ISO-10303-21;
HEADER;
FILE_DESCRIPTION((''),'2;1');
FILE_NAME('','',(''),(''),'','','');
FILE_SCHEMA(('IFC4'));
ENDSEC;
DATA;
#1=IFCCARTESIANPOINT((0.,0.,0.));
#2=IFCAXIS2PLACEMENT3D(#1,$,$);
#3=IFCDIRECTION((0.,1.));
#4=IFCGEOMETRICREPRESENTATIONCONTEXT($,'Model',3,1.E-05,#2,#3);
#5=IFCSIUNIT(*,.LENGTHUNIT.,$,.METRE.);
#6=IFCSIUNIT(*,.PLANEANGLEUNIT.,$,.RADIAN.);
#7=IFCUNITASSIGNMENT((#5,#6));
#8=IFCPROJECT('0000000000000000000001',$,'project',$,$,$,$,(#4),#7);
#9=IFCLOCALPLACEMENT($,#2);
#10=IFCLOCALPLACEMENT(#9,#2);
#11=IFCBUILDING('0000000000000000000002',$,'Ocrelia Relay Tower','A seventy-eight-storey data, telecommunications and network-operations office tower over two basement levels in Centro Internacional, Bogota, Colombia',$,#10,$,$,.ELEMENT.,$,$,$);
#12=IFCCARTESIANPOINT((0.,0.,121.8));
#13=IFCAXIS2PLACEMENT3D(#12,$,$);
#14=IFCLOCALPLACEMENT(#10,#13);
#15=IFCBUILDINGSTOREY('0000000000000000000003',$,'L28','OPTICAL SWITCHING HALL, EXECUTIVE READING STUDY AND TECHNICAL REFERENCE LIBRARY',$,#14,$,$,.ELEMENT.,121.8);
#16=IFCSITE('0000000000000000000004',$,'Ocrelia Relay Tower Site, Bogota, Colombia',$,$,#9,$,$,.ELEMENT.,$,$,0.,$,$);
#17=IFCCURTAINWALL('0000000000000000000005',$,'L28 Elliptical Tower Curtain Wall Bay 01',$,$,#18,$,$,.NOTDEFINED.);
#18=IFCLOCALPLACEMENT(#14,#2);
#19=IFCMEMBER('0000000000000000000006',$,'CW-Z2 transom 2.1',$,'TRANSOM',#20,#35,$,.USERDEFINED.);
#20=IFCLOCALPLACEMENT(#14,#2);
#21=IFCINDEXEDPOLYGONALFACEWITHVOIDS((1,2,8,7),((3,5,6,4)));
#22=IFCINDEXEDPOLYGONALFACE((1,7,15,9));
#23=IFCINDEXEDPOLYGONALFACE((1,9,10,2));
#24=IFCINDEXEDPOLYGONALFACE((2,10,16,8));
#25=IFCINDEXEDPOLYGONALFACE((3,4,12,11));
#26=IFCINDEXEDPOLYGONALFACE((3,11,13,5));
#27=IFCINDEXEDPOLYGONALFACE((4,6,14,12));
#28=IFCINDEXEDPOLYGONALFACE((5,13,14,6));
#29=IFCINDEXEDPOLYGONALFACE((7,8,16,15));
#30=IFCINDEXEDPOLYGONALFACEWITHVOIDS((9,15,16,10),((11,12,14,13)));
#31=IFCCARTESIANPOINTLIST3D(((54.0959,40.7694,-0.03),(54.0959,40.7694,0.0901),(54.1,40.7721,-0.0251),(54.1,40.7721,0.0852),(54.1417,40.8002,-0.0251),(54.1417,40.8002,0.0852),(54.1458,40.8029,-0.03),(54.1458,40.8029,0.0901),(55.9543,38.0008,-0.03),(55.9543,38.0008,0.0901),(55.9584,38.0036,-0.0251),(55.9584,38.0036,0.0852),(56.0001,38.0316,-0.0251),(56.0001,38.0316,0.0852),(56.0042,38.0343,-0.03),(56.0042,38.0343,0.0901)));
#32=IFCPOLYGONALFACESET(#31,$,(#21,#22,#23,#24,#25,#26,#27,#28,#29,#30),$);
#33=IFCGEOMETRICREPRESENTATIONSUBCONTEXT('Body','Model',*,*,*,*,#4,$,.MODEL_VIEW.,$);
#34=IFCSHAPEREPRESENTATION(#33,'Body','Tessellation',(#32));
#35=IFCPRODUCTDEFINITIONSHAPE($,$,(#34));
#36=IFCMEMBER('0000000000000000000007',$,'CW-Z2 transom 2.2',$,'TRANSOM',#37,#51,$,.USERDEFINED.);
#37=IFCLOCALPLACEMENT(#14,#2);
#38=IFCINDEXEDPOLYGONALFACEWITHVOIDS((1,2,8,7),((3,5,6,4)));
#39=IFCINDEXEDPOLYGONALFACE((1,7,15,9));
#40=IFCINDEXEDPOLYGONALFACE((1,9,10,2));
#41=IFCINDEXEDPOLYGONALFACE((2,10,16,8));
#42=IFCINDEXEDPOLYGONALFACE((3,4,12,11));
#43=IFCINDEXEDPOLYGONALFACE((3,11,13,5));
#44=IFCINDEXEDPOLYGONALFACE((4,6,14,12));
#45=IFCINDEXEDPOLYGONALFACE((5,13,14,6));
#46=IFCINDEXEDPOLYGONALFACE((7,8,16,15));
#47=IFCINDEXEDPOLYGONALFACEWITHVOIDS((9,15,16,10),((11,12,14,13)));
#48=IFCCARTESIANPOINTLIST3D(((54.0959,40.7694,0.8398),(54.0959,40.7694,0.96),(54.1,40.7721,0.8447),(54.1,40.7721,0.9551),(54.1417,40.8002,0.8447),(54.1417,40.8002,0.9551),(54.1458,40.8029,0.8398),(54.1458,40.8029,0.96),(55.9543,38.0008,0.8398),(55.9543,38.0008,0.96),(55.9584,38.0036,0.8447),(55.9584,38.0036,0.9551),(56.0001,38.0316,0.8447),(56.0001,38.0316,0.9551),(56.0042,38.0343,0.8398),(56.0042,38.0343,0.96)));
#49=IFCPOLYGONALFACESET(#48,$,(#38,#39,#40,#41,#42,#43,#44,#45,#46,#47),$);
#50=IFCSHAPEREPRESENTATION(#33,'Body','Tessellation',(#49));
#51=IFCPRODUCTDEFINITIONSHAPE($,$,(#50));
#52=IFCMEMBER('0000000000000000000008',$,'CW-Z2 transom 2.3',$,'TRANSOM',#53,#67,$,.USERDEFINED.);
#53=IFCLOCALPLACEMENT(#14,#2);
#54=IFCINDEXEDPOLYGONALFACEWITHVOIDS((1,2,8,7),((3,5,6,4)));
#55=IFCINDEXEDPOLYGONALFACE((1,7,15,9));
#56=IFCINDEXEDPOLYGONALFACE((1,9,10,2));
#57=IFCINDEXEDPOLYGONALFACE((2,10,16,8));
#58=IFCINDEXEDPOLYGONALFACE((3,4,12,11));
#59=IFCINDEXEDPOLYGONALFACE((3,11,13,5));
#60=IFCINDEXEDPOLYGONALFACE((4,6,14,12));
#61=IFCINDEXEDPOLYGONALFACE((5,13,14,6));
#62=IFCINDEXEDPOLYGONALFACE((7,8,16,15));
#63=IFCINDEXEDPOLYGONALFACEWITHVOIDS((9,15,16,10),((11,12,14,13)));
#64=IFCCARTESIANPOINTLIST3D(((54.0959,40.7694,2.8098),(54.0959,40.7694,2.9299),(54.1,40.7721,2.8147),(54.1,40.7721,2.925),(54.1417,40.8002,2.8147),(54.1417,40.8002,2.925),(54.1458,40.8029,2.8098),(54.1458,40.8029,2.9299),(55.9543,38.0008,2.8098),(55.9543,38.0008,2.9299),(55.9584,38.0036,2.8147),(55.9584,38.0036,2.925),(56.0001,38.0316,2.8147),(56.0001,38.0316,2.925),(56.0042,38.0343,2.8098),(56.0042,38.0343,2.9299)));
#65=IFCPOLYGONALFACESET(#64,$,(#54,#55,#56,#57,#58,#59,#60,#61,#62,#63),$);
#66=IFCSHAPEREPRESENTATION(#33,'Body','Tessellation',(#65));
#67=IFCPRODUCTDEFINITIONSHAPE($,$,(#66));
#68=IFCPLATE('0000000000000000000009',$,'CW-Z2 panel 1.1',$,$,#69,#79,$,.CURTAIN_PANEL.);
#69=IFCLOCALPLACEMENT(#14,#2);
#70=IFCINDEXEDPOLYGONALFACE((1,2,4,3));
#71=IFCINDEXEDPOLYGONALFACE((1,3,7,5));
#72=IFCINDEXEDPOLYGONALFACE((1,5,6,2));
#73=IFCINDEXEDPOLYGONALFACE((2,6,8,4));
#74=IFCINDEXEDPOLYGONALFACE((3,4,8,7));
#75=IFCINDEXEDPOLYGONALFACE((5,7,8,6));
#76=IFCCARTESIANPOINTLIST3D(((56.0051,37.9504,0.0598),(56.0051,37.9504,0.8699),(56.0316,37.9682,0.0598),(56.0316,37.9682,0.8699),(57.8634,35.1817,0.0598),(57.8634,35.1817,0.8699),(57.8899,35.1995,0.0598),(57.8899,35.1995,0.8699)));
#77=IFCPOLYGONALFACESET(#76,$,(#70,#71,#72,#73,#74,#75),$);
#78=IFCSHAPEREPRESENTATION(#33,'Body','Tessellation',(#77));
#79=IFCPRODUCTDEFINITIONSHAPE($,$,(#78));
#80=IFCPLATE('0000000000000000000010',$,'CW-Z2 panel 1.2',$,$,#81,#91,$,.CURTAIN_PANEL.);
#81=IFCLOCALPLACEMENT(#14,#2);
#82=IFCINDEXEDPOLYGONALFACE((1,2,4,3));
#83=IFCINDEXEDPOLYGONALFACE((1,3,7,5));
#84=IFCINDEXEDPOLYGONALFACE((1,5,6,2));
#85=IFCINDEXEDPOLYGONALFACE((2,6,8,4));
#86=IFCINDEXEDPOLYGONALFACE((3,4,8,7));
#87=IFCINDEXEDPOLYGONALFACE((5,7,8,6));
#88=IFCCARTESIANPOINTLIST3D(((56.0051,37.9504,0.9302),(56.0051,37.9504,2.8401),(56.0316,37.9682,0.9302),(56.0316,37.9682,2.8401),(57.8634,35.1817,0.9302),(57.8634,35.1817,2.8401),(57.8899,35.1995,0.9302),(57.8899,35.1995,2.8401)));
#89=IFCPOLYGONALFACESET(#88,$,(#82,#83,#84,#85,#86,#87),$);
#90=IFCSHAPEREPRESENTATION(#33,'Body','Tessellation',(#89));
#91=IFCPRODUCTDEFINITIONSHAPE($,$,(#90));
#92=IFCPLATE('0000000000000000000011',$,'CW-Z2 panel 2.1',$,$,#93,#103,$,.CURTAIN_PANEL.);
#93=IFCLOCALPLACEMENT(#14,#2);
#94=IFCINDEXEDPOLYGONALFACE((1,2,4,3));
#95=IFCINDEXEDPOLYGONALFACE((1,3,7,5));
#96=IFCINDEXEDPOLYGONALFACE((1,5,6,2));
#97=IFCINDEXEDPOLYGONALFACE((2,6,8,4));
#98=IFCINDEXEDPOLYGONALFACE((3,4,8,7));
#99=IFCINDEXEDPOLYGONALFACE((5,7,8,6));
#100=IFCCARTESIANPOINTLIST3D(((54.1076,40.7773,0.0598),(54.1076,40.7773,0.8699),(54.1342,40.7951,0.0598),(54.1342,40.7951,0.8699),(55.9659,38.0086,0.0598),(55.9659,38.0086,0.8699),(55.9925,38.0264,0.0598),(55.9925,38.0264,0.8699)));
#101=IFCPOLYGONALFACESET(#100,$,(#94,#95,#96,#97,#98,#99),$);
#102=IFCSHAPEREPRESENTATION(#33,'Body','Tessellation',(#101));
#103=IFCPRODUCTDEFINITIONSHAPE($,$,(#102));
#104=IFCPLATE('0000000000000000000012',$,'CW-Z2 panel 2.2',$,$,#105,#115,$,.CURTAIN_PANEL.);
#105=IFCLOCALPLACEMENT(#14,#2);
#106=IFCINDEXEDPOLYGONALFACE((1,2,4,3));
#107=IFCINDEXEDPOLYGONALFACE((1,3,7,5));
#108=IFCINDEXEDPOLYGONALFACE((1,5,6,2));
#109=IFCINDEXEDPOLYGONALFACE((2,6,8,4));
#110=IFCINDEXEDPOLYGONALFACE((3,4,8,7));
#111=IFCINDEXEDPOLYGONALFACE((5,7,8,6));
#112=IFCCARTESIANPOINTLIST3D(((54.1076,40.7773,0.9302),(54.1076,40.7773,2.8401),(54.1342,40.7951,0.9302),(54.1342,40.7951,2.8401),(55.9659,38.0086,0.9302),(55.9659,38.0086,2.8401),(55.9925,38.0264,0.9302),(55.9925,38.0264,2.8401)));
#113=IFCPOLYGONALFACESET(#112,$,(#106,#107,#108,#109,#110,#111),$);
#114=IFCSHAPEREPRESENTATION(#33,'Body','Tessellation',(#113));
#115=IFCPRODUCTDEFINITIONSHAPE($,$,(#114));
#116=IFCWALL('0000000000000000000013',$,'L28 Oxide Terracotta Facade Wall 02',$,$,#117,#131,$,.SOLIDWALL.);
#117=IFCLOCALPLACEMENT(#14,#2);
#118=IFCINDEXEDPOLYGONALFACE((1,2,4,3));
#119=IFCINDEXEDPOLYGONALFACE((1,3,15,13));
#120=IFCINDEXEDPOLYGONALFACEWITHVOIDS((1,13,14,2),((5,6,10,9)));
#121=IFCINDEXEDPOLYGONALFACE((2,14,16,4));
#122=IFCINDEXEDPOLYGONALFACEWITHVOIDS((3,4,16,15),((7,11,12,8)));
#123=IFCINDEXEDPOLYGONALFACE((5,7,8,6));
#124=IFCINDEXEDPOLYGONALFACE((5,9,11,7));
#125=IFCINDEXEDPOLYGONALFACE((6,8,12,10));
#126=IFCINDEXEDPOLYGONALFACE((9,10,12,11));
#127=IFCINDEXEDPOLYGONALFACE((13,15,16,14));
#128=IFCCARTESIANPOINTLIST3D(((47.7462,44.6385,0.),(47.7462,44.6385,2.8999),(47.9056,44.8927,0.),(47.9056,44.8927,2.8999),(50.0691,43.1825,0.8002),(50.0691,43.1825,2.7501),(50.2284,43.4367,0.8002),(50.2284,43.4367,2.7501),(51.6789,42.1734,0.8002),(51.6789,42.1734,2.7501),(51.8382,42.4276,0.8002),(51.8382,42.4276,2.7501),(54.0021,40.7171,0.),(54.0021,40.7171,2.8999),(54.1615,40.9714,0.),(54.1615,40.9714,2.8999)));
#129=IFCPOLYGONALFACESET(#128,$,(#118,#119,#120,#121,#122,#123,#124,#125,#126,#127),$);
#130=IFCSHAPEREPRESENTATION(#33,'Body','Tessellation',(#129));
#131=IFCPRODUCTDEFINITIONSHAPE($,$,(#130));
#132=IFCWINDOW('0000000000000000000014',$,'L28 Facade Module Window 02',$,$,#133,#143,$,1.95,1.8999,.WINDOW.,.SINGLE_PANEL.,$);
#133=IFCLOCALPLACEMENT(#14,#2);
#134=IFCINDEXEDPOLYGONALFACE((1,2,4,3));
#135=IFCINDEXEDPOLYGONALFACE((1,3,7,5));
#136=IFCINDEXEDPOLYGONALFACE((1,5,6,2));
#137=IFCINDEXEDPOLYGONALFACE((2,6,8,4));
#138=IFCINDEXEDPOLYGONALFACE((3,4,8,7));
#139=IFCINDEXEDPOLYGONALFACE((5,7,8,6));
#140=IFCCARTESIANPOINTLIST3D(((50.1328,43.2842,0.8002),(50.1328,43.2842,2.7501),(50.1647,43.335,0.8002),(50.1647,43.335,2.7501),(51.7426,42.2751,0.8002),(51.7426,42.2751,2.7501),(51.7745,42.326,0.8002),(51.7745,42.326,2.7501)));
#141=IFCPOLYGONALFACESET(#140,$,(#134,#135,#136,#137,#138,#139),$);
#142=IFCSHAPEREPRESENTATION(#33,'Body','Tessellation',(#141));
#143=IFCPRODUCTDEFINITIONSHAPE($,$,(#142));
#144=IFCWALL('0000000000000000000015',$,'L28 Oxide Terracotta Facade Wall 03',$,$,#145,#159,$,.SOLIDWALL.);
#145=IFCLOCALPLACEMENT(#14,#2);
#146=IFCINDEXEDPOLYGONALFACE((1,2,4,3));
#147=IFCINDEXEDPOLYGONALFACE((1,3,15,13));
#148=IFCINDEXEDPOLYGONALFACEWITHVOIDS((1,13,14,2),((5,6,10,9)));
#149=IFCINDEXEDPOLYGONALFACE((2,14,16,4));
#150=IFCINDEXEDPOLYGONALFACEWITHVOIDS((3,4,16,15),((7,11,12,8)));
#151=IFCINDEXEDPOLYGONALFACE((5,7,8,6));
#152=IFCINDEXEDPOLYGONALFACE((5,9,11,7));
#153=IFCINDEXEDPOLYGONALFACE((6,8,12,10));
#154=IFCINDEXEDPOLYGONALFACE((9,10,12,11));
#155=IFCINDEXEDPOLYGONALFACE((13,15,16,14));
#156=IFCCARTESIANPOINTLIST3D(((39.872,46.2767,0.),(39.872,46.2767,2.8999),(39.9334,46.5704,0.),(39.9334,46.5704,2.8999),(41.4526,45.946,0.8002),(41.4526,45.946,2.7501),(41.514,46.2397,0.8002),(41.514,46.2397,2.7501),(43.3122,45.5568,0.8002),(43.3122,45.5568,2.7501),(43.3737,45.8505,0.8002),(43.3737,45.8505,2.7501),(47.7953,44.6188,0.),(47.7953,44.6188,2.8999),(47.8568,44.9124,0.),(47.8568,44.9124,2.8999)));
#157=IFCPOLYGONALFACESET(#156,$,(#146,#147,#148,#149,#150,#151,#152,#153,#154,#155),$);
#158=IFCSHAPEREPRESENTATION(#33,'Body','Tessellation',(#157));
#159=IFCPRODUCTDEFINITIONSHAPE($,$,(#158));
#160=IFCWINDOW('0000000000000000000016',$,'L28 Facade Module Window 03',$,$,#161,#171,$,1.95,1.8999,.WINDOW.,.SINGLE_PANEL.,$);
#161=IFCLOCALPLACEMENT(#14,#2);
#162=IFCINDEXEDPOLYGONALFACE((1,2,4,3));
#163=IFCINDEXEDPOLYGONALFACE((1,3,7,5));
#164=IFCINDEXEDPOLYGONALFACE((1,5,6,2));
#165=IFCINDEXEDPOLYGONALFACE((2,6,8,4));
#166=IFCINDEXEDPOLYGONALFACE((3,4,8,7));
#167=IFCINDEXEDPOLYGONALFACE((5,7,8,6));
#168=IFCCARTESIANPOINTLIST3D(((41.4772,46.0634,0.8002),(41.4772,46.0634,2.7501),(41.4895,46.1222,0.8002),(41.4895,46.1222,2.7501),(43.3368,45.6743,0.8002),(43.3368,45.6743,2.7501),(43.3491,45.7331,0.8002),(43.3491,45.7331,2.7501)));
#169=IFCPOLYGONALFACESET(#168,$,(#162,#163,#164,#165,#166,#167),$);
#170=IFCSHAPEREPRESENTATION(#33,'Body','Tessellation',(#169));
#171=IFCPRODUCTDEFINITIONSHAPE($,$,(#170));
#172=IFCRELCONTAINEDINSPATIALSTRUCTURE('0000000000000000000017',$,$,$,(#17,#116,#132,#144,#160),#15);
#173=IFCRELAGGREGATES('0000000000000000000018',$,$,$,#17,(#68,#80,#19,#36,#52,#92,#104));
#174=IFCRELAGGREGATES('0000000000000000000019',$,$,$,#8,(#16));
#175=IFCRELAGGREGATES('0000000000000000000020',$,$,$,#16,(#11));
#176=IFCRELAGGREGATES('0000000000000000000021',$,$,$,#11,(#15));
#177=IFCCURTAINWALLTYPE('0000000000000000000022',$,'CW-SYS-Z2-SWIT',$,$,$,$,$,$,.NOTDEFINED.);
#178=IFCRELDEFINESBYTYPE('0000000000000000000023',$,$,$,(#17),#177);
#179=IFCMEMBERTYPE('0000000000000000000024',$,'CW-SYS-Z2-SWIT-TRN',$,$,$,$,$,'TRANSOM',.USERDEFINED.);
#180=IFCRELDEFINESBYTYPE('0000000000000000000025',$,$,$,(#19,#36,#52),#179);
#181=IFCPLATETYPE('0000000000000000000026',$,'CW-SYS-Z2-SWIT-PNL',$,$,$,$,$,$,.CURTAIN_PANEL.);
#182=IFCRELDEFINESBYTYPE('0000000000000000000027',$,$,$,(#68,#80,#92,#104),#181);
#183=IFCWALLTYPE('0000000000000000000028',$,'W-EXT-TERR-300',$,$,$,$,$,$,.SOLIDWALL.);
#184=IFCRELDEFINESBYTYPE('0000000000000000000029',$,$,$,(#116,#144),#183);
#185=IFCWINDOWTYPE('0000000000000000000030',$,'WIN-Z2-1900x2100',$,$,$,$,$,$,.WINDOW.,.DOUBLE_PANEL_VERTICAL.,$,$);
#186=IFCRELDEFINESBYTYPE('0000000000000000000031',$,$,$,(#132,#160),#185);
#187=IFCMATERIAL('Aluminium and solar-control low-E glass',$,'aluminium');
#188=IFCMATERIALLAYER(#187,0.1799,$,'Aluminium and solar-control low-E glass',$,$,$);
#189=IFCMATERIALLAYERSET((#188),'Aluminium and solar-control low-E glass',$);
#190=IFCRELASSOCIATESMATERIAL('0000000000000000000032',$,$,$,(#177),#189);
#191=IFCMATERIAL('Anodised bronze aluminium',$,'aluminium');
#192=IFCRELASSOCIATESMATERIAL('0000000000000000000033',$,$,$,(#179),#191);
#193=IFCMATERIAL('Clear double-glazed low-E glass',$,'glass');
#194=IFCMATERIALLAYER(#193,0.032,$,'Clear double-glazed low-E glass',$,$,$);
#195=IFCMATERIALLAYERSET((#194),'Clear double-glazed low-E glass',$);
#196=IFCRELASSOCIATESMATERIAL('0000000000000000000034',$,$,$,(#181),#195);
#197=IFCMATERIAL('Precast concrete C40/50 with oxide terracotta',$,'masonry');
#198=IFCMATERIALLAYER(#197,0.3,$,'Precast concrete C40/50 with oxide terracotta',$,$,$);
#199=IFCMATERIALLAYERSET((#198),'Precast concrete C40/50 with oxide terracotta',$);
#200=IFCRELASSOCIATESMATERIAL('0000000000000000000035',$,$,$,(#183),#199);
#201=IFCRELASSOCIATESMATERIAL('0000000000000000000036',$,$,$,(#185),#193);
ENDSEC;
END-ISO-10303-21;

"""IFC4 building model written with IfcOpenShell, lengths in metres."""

from ifc_helpers import new_model, si_unit, direction, frame, frame_2d, origin, origin_2d, place, context, subcontext, project, spatial, rectangle, hollow_rectangle, extrude, material, layer, layer_set, material_profile, profile_set, type_object, element, fill, aggregate, save


model = new_model("IFC4")

# Units and contexts
model_context = context("Model", 3, precision=1e-05, world=origin(), true_north=direction((0.0, 1.0)))
body_context = subcontext(model_context, "Body", "Model", "MODEL_VIEW")
ifc_project = project(units=[si_unit("LENGTHUNIT", "METRE"), si_unit("PLANEANGLEUNIT", "RADIAN")], contexts=[model_context])

# Site, building, storey
site_placement = place(None, origin())
site = spatial("IfcSite", under=ifc_project, at=site_placement, Name="Ocrelia Relay Tower Site, Bogota, Colombia", CompositionType="ELEMENT", RefElevation=0.0)
building_placement = place(site_placement, origin())
building = spatial("IfcBuilding", under=site, at=building_placement, Name="Ocrelia Relay Tower", Description="A seventy-eight-storey data, telecommunications and network-operations office tower over two basement levels in Centro Internacional, Bogota, Colombia", CompositionType="ELEMENT")
storey_placement = place(building_placement, frame((0.0, 0.0, 121.8)))
storey = spatial("IfcBuildingStorey", under=building, at=storey_placement, Name="L28", Description="OPTICAL SWITCHING HALL, EXECUTIVE READING STUDY AND TECHNICAL REFERENCE LIBRARY", CompositionType="ELEMENT", Elevation=121.8)

# Curtain wall, members, plates
ifc_material_1 = material(Name="Aluminium and solar-control low-E glass", Category="aluminium")
ifc_layer_1 = layer(ifc_material_1, 0.1799, Name="Aluminium and solar-control low-E glass")
ifc_layer_set_1 = layer_set([ifc_layer_1], Name="Aluminium and solar-control low-E glass")
curtain_wall_type = type_object("IfcCurtainWallType", Name="CW-SYS-Z2-SWIT", PredefinedType="NOTDEFINED", material=ifc_layer_set_1)
curtain_wall_placement = place(storey_placement, origin())
curtain_wall = element("IfcCurtainWall", 1, at=curtain_wall_placement, inside=storey, type_object=curtain_wall_type, Name="L28 Elliptical Tower Curtain Wall Bay 01", PredefinedType="NOTDEFINED")
ifc_material_2 = material(Name="Anodised bronze aluminium", Category="aluminium")
ifc_material_profile_1 = material_profile(ifc_material_2, hollow_rectangle(XDim=0.0601, YDim=0.1201, WallThickness=0.0049, at=origin_2d()), Name="CW-TRN-120x60")
ifc_profile_set_1 = profile_set([ifc_material_profile_1], Name="Anodised bronze aluminium")
member_type_1 = type_object("IfcMemberType", Name="CW-SYS-Z2-SWIT-TRN", ElementType="TRANSOM", PredefinedType="USERDEFINED", material=ifc_profile_set_1)
member_1_placement = place(storey_placement, frame((55.9792, 38.0176, 0.03), z_axis=(-0.557333, 0.830289, 0.0), x_axis=(-0.830289, -0.557333, 0.0)))
member_1 = element("IfcMember", 2, at=member_1_placement, type_object=member_type_1, Name="CW-Z2 transom 2.1", ObjectType="TRANSOM", PredefinedType="USERDEFINED", context=body_context, shape_type="SweptSolid", body=[
    extrude(hollow_rectangle(XDim=0.0601, YDim=0.1201, WallThickness=0.0049, at=origin_2d()), origin(), (0.0, 0.0, 1.0), 3.3345),
])
member_2_placement = place(storey_placement, frame((55.9792, 38.0176, 0.8999), z_axis=(-0.557333, 0.830289, 0.0), x_axis=(-0.830289, -0.557333, 0.0)))
member_2 = element("IfcMember", 3, at=member_2_placement, type_object=member_type_1, Name="CW-Z2 transom 2.2", ObjectType="TRANSOM", PredefinedType="USERDEFINED", context=body_context, shape_type="SweptSolid", body=[
    extrude(hollow_rectangle(XDim=0.0601, YDim=0.1201, WallThickness=0.0049, at=origin_2d()), origin(), (0.0, 0.0, 1.0), 3.3345),
])
member_3_placement = place(storey_placement, frame((55.9792, 38.0176, 2.8699), z_axis=(-0.557333, 0.830289, 0.0), x_axis=(-0.830289, -0.557333, 0.0)))
member_3 = element("IfcMember", 4, at=member_3_placement, type_object=member_type_1, Name="CW-Z2 transom 2.3", ObjectType="TRANSOM", PredefinedType="USERDEFINED", context=body_context, shape_type="SweptSolid", body=[
    extrude(hollow_rectangle(XDim=0.0601, YDim=0.1201, WallThickness=0.0049, at=origin_2d()), origin(), (0.0, 0.0, 1.0), 3.3345),
])
ifc_material_3 = material(Name="Clear double-glazed low-E glass", Category="glass")
ifc_layer_2 = layer(ifc_material_3, 0.032, Name="Clear double-glazed low-E glass")
ifc_layer_set_2 = layer_set([ifc_layer_2], Name="Clear double-glazed low-E glass")
plate_type = type_object("IfcPlateType", Name="CW-SYS-Z2-SWIT-PNL", PredefinedType="CURTAIN_PANEL", material=ifc_layer_set_2)
plate_1_placement = place(storey_placement, frame((56.9475, 36.575, 0.0598), z_axis=(0.0, 0.0, 1.0), x_axis=(-0.557297, 0.830313, 0.0)))
plate_1 = element("IfcPlate", 5, at=plate_1_placement, type_object=plate_type, Name="CW-Z2 panel 1.1", PredefinedType="CURTAIN_PANEL", context=body_context, shape_type="SweptSolid", body=[
    extrude(rectangle(XDim=3.3345, YDim=0.032, at=origin_2d()), origin(), (0.0, 0.0, 1.0), 0.8101),
])
plate_2_placement = place(storey_placement, frame((56.9475, 36.575, 0.9302), z_axis=(0.0, 0.0, 1.0), x_axis=(-0.557297, 0.830313, 0.0)))
plate_2 = element("IfcPlate", 6, at=plate_2_placement, type_object=plate_type, Name="CW-Z2 panel 1.2", PredefinedType="CURTAIN_PANEL", context=body_context, shape_type="SweptSolid", body=[
    extrude(rectangle(XDim=3.3345, YDim=0.032, at=origin_2d()), origin(), (0.0, 0.0, 1.0), 1.9099),
])
plate_3_placement = place(storey_placement, frame((55.05, 39.4019, 0.0598), z_axis=(0.0, 0.0, 1.0), x_axis=(-0.557297, 0.830313, 0.0)))
plate_3 = element("IfcPlate", 7, at=plate_3_placement, type_object=plate_type, Name="CW-Z2 panel 2.1", PredefinedType="CURTAIN_PANEL", context=body_context, shape_type="SweptSolid", body=[
    extrude(rectangle(XDim=3.3345, YDim=0.032, at=origin_2d()), origin(), (0.0, 0.0, 1.0), 0.8101),
])
plate_4_placement = place(storey_placement, frame((55.05, 39.4019, 0.9302), z_axis=(0.0, 0.0, 1.0), x_axis=(-0.557297, 0.830313, 0.0)))
plate_4 = element("IfcPlate", 8, at=plate_4_placement, type_object=plate_type, Name="CW-Z2 panel 2.2", PredefinedType="CURTAIN_PANEL", context=body_context, shape_type="SweptSolid", body=[
    extrude(rectangle(XDim=3.3345, YDim=0.032, at=origin_2d()), origin(), (0.0, 0.0, 1.0), 1.9099),
])
aggregate(curtain_wall, [plate_1, plate_2, member_1, member_2, member_3, plate_3, plate_4])

# Walls, openings, windows
ifc_material_4 = material(Name="Precast concrete C40/50 with oxide terracotta", Category="masonry")
ifc_layer_3 = layer(ifc_material_4, 0.3, Name="Precast concrete C40/50 with oxide terracotta")
ifc_layer_set_3 = layer_set([ifc_layer_3], Name="Precast concrete C40/50 with oxide terracotta")
wall_type = type_object("IfcWallType", Name="W-EXT-TERR-300", PredefinedType="SOLIDWALL", material=ifc_layer_set_3)
wall_1_placement = place(storey_placement, frame((54.0818, 40.8442, 0.0), z_axis=(0.0, 0.0, 1.0), x_axis=(-0.847299, 0.531116, 0.0)))
wall_1 = element("IfcWall", 9, at=wall_1_placement, inside=storey, type_object=wall_type, Name="L28 Oxide Terracotta Facade Wall 02", PredefinedType="SOLIDWALL", context=body_context, shape_type="SweptSolid", body=[
    extrude(rectangle(XDim=7.3833, YDim=0.3, at=frame_2d((3.6917, 0.0))), origin(), (0.0, 0.0, 1.0), 2.8999),
])
opening_1_placement = place(wall_1_placement, frame((2.7419, 0.0, 0.8)))
opening_1 = element("IfcOpeningElement", 10, at=opening_1_placement, cuts=wall_1, PredefinedType="OPENING", context=body_context, shape_type="SweptSolid", body=[
    extrude(rectangle(XDim=1.8999, YDim=1.95, at=frame_2d((0.95, 0.9751))), frame((0.0, 0.1602, 0.0), z_axis=(0.0, -1.0, 0.0), x_axis=(1.0, 0.0, 0.0)), (0.0, 0.0, 1.0), 0.3201),
])
window_type = type_object("IfcWindowType", Name="WIN-Z2-1900x2100", PartitioningType="DOUBLE_PANEL_VERTICAL", PredefinedType="WINDOW", material=ifc_material_3)
window_1_placement = place(opening_1_placement, origin())
window_1 = element("IfcWindow", 11, at=window_1_placement, inside=storey, type_object=window_type, Name="L28 Facade Module Window 02", OverallHeight=1.95, OverallWidth=1.8999, PartitioningType="SINGLE_PANEL", PredefinedType="WINDOW", context=body_context, shape_type="SweptSolid", body=[
    extrude(rectangle(XDim=1.8999, YDim=1.95, at=frame_2d((0.95, 0.9751))), frame((0.0, 0.03, 0.0), z_axis=(0.0, -1.0, 0.0), x_axis=(1.0, 0.0, 0.0)), (0.0, 0.0, 1.0), 0.0601),
])
fill(opening_1, window_1)
wall_2_placement = place(storey_placement, frame((47.8259, 44.7656, 0.0), z_axis=(0.0, 0.0, 1.0), x_axis=(-0.978801, 0.204814, 0.0)))
wall_2 = element("IfcWall", 12, at=wall_2_placement, inside=storey, type_object=wall_type, Name="L28 Oxide Terracotta Facade Wall 03", PredefinedType="SOLIDWALL", context=body_context, shape_type="SweptSolid", body=[
    extrude(rectangle(XDim=8.095, YDim=0.3, at=frame_2d((4.0474, 0.0))), origin(), (0.0, 0.0, 1.0), 2.8999),
])
opening_2_placement = place(wall_2_placement, frame((4.5801, 0.0, 0.8)))
opening_2 = element("IfcOpeningElement", 13, at=opening_2_placement, cuts=wall_2, PredefinedType="OPENING", context=body_context, shape_type="SweptSolid", body=[
    extrude(rectangle(XDim=1.8999, YDim=1.95, at=frame_2d((0.95, 0.9751))), frame((0.0, 0.1602, 0.0), z_axis=(0.0, -1.0, 0.0), x_axis=(1.0, 0.0, 0.0)), (0.0, 0.0, 1.0), 0.3201),
])
window_2_placement = place(opening_2_placement, origin())
window_2 = element("IfcWindow", 14, at=window_2_placement, inside=storey, type_object=window_type, Name="L28 Facade Module Window 03", OverallHeight=1.95, OverallWidth=1.8999, PartitioningType="SINGLE_PANEL", PredefinedType="WINDOW", context=body_context, shape_type="SweptSolid", body=[
    extrude(rectangle(XDim=1.8999, YDim=1.95, at=frame_2d((0.95, 0.9751))), frame((0.0, 0.03, 0.0), z_axis=(0.0, -1.0, 0.0), x_axis=(1.0, 0.0, 0.0)), (0.0, 0.0, 1.0), 0.0601),
])
fill(opening_2, window_2)

save(model, "model.ifc")
